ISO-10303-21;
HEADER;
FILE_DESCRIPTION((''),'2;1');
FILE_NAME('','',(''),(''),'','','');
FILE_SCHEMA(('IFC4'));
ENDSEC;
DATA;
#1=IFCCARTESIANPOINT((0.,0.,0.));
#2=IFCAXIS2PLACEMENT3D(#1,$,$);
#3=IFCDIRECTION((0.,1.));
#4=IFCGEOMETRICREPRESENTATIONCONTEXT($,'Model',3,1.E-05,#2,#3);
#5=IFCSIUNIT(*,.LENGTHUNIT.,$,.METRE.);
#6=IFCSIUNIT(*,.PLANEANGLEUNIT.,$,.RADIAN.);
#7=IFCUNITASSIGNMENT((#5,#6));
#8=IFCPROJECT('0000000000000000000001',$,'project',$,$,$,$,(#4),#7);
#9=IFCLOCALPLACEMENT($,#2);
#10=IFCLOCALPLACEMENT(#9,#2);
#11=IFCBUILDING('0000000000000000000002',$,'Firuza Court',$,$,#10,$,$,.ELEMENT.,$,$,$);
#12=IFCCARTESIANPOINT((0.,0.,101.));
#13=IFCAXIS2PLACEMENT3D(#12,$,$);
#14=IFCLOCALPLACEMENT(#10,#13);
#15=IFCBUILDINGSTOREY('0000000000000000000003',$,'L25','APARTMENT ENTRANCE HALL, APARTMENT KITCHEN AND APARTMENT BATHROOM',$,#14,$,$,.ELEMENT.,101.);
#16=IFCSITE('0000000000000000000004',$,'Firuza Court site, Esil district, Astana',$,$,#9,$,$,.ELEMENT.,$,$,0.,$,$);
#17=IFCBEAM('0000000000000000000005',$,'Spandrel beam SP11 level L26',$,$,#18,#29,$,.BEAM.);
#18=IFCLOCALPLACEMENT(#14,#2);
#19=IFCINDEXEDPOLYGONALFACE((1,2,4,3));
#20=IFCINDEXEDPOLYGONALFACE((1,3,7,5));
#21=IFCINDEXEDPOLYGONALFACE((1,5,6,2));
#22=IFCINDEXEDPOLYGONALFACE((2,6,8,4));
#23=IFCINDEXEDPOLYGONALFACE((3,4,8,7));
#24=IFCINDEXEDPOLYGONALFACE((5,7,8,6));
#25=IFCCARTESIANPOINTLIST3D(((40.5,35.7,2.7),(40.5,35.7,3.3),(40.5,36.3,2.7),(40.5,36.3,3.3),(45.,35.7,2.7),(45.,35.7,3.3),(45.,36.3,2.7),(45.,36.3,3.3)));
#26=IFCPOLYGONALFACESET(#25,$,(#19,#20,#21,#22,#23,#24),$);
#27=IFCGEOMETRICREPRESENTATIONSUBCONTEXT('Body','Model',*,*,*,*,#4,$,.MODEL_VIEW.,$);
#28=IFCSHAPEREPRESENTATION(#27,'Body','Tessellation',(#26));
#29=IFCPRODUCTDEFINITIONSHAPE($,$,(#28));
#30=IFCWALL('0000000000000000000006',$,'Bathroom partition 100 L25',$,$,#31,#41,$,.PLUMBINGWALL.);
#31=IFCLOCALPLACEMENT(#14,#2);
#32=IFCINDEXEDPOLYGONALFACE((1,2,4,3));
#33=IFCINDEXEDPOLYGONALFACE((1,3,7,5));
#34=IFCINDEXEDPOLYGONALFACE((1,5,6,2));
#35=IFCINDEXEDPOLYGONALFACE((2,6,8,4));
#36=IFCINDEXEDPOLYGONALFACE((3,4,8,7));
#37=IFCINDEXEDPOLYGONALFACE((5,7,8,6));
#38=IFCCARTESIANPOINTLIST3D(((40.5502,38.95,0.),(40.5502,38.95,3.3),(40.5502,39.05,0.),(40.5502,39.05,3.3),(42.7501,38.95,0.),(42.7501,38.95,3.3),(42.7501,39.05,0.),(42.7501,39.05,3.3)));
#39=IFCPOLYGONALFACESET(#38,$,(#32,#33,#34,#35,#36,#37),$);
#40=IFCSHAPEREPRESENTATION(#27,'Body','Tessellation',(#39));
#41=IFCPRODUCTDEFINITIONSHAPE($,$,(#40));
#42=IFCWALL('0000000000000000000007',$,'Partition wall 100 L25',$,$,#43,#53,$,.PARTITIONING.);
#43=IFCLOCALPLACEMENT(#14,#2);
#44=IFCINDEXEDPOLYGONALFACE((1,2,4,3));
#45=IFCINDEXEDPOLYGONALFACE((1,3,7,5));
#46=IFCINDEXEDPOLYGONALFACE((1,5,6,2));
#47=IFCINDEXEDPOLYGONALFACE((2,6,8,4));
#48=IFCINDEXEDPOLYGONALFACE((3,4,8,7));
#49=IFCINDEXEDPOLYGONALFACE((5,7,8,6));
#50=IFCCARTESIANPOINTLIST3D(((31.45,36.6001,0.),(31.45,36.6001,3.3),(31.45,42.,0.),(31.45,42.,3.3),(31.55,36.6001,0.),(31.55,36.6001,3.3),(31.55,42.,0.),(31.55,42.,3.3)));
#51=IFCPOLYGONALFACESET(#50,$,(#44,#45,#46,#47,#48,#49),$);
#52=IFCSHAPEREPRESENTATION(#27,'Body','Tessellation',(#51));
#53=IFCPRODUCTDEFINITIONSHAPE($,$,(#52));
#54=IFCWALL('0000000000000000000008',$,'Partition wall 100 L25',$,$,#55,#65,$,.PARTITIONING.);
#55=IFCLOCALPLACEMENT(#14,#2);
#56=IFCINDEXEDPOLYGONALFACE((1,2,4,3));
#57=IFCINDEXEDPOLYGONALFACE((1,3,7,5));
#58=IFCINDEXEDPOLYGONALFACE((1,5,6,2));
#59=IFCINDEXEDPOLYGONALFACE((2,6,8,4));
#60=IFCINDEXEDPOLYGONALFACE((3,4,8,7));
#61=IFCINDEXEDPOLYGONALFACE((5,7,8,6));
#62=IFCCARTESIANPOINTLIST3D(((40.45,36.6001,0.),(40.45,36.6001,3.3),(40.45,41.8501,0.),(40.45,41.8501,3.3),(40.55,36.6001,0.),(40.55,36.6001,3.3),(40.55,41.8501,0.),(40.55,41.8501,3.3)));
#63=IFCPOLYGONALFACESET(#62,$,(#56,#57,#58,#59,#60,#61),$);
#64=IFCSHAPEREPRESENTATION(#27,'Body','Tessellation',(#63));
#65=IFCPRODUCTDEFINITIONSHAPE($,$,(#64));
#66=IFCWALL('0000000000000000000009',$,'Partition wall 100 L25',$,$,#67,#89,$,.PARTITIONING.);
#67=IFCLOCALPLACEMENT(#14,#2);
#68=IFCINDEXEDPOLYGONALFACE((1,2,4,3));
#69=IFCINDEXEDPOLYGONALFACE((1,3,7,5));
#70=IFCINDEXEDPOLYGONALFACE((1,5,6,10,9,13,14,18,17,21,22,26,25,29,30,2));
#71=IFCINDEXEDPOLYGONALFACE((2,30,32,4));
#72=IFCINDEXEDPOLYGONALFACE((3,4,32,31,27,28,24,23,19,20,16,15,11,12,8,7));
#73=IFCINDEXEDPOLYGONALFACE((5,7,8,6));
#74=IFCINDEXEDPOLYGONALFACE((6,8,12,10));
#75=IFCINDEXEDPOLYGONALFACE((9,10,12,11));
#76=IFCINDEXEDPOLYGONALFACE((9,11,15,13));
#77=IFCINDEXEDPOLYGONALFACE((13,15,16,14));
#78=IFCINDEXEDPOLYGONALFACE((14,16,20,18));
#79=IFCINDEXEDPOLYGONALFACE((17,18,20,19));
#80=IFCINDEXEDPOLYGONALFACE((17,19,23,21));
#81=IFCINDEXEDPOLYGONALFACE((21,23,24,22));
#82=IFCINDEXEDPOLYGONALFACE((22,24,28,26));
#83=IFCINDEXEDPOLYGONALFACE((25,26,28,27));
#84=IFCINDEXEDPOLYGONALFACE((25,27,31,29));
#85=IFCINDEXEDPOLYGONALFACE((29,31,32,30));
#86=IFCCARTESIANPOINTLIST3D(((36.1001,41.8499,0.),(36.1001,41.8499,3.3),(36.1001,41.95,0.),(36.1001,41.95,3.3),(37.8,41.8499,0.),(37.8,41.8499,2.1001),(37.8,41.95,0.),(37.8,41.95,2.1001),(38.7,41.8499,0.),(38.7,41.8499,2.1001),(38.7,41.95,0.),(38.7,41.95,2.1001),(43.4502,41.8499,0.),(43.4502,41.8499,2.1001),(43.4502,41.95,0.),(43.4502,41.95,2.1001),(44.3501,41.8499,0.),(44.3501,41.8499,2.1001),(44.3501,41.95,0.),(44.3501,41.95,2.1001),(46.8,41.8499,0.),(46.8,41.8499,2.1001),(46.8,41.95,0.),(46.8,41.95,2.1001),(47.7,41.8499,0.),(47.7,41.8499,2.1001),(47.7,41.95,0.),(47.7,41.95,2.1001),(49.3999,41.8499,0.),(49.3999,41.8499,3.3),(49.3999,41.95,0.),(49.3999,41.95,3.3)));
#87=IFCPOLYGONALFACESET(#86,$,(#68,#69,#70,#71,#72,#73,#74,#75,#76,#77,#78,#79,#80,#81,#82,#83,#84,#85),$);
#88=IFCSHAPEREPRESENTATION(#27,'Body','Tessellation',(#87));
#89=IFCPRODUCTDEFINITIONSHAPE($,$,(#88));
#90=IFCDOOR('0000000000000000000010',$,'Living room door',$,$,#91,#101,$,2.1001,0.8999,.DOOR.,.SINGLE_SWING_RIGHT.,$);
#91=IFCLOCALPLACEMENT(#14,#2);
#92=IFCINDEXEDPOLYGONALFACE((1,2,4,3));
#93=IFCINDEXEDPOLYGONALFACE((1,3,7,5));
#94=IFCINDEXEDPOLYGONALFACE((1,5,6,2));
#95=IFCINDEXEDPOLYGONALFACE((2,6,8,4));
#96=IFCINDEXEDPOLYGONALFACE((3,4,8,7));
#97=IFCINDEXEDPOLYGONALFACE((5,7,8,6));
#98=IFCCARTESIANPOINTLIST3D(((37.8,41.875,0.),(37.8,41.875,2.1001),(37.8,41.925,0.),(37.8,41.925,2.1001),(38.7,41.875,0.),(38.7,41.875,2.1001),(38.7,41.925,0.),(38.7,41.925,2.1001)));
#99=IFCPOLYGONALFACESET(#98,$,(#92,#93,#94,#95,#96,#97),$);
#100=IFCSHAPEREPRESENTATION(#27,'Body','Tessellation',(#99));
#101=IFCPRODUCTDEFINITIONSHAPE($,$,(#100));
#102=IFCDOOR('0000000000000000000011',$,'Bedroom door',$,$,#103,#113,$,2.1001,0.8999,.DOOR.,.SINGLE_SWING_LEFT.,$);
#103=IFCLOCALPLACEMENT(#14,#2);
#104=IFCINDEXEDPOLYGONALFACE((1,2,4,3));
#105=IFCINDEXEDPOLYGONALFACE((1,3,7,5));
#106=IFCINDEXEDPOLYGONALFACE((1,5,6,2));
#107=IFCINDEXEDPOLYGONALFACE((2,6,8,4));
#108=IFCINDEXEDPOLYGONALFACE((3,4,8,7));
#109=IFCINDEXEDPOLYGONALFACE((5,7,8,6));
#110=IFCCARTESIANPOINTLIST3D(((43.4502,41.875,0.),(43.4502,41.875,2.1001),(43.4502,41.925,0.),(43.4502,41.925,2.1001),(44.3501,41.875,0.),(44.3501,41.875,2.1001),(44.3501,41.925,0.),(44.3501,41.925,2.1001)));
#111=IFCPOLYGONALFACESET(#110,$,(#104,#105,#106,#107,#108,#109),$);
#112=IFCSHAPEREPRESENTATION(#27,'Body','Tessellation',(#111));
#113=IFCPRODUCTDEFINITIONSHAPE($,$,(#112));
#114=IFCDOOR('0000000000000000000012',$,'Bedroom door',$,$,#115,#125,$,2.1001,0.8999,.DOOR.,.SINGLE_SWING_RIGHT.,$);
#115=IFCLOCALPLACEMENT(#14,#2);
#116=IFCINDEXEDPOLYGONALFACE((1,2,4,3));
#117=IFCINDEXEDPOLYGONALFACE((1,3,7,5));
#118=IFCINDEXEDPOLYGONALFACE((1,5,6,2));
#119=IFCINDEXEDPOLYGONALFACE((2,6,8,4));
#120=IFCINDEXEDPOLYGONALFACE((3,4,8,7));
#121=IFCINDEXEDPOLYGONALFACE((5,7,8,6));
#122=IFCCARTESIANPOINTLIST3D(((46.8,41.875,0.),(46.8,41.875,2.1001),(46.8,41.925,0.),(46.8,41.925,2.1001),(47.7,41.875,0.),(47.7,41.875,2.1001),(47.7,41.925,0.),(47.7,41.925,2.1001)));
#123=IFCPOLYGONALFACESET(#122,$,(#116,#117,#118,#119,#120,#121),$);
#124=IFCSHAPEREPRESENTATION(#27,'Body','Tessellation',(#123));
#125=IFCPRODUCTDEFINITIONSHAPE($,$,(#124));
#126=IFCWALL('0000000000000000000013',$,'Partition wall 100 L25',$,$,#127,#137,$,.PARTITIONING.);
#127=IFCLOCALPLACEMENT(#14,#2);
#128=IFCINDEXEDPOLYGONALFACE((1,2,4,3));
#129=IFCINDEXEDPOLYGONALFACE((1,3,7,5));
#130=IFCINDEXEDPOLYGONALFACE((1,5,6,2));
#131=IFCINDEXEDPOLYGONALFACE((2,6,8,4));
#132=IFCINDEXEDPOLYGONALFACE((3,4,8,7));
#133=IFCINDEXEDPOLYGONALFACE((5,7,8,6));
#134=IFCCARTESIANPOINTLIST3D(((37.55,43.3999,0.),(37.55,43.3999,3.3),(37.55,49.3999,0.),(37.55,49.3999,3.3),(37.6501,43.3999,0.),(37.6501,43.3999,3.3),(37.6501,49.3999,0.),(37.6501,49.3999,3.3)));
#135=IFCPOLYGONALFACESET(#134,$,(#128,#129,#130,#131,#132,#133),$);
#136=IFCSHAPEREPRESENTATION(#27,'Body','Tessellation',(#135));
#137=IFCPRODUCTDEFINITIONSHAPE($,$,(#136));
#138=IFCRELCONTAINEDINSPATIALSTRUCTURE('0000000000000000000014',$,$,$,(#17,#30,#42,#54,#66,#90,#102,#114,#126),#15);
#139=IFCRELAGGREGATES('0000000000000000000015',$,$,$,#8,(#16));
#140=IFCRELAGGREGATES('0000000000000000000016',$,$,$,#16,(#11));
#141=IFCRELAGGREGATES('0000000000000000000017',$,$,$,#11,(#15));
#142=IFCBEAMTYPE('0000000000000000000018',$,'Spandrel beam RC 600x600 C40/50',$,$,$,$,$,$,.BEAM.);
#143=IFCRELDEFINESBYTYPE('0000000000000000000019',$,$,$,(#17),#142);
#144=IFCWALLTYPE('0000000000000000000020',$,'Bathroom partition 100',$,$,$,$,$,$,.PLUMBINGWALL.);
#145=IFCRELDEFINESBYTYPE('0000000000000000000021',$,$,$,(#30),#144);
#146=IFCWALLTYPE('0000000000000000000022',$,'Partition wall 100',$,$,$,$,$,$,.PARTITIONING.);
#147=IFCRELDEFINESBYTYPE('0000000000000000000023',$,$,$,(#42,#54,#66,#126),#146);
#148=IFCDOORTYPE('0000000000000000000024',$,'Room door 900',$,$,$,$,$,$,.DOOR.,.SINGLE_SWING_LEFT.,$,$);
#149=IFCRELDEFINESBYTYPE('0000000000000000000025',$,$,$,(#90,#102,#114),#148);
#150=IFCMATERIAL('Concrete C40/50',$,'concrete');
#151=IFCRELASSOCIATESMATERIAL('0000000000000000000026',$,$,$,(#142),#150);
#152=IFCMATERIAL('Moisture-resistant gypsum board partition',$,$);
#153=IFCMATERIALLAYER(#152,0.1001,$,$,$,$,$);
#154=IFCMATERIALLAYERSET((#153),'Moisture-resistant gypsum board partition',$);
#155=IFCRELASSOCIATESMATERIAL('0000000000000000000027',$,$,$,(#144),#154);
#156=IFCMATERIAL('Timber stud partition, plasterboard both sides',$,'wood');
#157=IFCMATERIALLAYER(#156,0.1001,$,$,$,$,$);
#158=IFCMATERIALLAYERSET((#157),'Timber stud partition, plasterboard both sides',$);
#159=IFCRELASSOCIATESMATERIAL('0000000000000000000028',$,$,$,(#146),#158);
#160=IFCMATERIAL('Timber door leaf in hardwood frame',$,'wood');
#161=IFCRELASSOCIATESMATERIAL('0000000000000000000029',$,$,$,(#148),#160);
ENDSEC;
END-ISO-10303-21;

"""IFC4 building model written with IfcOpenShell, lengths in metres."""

from ifc_helpers import new_model, si_unit, direction, frame, frame_2d, origin, origin_2d, place, context, subcontext, project, spatial, rectangle, extrude, material, layer, layer_set, material_profile, profile_set, type_object, element, fill, save


model = new_model("IFC4")

# Units and contexts
model_context = context("Model", 3, precision=1e-05, world=origin(), true_north=direction((0.0, 1.0)))
body_context = subcontext(model_context, "Body", "Model", "MODEL_VIEW")
ifc_project = project(units=[si_unit("LENGTHUNIT", "METRE"), si_unit("PLANEANGLEUNIT", "RADIAN")], contexts=[model_context])

# Site, building, storey
site_placement = place(None, origin())
site = spatial("IfcSite", under=ifc_project, at=site_placement, Name="Firuza Court site, Esil district, Astana", CompositionType="ELEMENT", RefElevation=0.0)
building_placement = place(site_placement, origin())
building = spatial("IfcBuilding", under=site, at=building_placement, Name="Firuza Court", CompositionType="ELEMENT")
storey_placement = place(building_placement, frame((0.0, 0.0, 101.0)))
storey = spatial("IfcBuildingStorey", under=building, at=storey_placement, Name="L25", Description="APARTMENT ENTRANCE HALL, APARTMENT KITCHEN AND APARTMENT BATHROOM", CompositionType="ELEMENT", Elevation=101.0)

# Beam
ifc_material_1 = material(Name="Concrete C40/50", Category="concrete")
ifc_material_profile = material_profile(ifc_material_1, rectangle(XDim=0.6001, YDim=0.6001, at=origin_2d()), Name="RC 600x600")
ifc_profile_set = profile_set([ifc_material_profile], Name="Concrete C40/50")
beam_type = type_object("IfcBeamType", Name="Spandrel beam RC 600x600 C40/50", PredefinedType="BEAM", material=ifc_profile_set)
beam_placement = place(storey_placement, frame((40.5, 36.0, 3.0), z_axis=(1.0, 0.0, 0.0), x_axis=(0.0, 1.0, 0.0)))
element("IfcBeam", 1, at=beam_placement, inside=storey, type_object=beam_type, Name="Spandrel beam SP11 level L26", PredefinedType="BEAM", context=body_context, shape_type="SweptSolid", body=[
    extrude(rectangle(XDim=0.6001, YDim=0.6001, at=origin_2d()), origin(), (0.0, 0.0, 1.0), 4.5),
])

# Walls
ifc_material_2 = material(Name="Moisture-resistant gypsum board partition")
ifc_layer_1 = layer(ifc_material_2, 0.1001)
ifc_layer_set_1 = layer_set([ifc_layer_1], Name="Moisture-resistant gypsum board partition")
wall_type_1 = type_object("IfcWallType", Name="Bathroom partition 100", PredefinedType="PLUMBINGWALL", material=ifc_layer_set_1)
wall_1_placement = place(storey_placement, frame((40.55, 39.0, 0.0), z_axis=(0.0, 0.0, 1.0), x_axis=(1.0, 0.0, 0.0)))
element("IfcWall", 2, at=wall_1_placement, inside=storey, type_object=wall_type_1, Name="Bathroom partition 100 L25", PredefinedType="PLUMBINGWALL", context=body_context, shape_type="SweptSolid", body=[
    extrude(rectangle(XDim=2.2, YDim=0.1001, at=frame_2d((1.1001, 0.0))), origin(), (0.0, 0.0, 1.0), 3.3),
])
ifc_material_3 = material(Name="Timber stud partition, plasterboard both sides", Category="wood")
ifc_layer_2 = layer(ifc_material_3, 0.1001)
ifc_layer_set_2 = layer_set([ifc_layer_2], Name="Timber stud partition, plasterboard both sides")
wall_type_2 = type_object("IfcWallType", Name="Partition wall 100", PredefinedType="PARTITIONING", material=ifc_layer_set_2)
wall_2_placement = place(storey_placement, frame((31.5, 36.6001, 0.0), z_axis=(0.0, 0.0, 1.0), x_axis=(0.0, 1.0, 0.0)))
element("IfcWall", 3, at=wall_2_placement, inside=storey, type_object=wall_type_2, Name="Partition wall 100 L25", PredefinedType="PARTITIONING", context=body_context, shape_type="SweptSolid", body=[
    extrude(rectangle(XDim=5.3999, YDim=0.1001, at=frame_2d((2.7, 0.0))), origin(), (0.0, 0.0, 1.0), 3.3),
])
wall_3_placement = place(storey_placement, frame((40.5, 36.6001, 0.0), z_axis=(0.0, 0.0, 1.0), x_axis=(0.0, 1.0, 0.0)))
element("IfcWall", 4, at=wall_3_placement, inside=storey, type_object=wall_type_2, Name="Partition wall 100 L25", PredefinedType="PARTITIONING", context=body_context, shape_type="SweptSolid", body=[
    extrude(rectangle(XDim=5.25, YDim=0.1001, at=frame_2d((2.625, 0.0))), origin(), (0.0, 0.0, 1.0), 3.3),
])

# Wall, openings, doors
wall_4_placement = place(storey_placement, frame((36.1001, 41.8999, 0.0), z_axis=(0.0, 0.0, 1.0), x_axis=(1.0, 0.0, 0.0)))
wall_4 = element("IfcWall", 5, at=wall_4_placement, inside=storey, type_object=wall_type_2, Name="Partition wall 100 L25", PredefinedType="PARTITIONING", context=body_context, shape_type="SweptSolid", body=[
    extrude(rectangle(XDim=13.2998, YDim=0.1001, at=frame_2d((6.6499, 0.0))), origin(), (0.0, 0.0, 1.0), 3.3),
])
opening_1_placement = place(wall_4_placement, frame((1.7, 0.0, 0.0)))
opening_1 = element("IfcOpeningElement", 6, at=opening_1_placement, cuts=wall_4, PredefinedType="OPENING", context=body_context, shape_type="SweptSolid", body=[
    extrude(rectangle(XDim=0.8999, YDim=2.1001, at=frame_2d((0.45, 1.05))), frame((0.0, 0.062, 0.0), z_axis=(0.0, -1.0, 0.0), x_axis=(1.0, 0.0, 0.0)), (0.0, 0.0, 1.0), 0.124),
])
opening_2_placement = place(wall_4_placement, frame((7.3501, 0.0, 0.0)))
opening_2 = element("IfcOpeningElement", 7, at=opening_2_placement, cuts=wall_4, PredefinedType="OPENING", context=body_context, shape_type="SweptSolid", body=[
    extrude(rectangle(XDim=0.8999, YDim=2.1001, at=frame_2d((0.45, 1.05))), frame((0.0, 0.062, 0.0), z_axis=(0.0, -1.0, 0.0), x_axis=(1.0, 0.0, 0.0)), (0.0, 0.0, 1.0), 0.124),
])
opening_3_placement = place(wall_4_placement, frame((10.7, 0.0, 0.0)))
opening_3 = element("IfcOpeningElement", 8, at=opening_3_placement, cuts=wall_4, PredefinedType="OPENING", context=body_context, shape_type="SweptSolid", body=[
    extrude(rectangle(XDim=0.8999, YDim=2.1001, at=frame_2d((0.45, 1.05))), frame((0.0, 0.062, 0.0), z_axis=(0.0, -1.0, 0.0), x_axis=(1.0, 0.0, 0.0)), (0.0, 0.0, 1.0), 0.124),
])
ifc_material_4 = material(Name="Timber door leaf in hardwood frame", Category="wood")
door_type_1 = type_object("IfcDoorType", Name="Room door 900", OperationType="SINGLE_SWING_LEFT", PredefinedType="DOOR", material=ifc_material_4)
door_1_placement = place(opening_1_placement, frame((0.8999, 0.0, 0.0), z_axis=(0.0, 0.0, 1.0), x_axis=(-1.0, 0.0, 0.0)))
door_1 = element("IfcDoor", 9, at=door_1_placement, inside=storey, type_object=door_type_1, Name="Living room door", OperationType="SINGLE_SWING_RIGHT", OverallHeight=2.1001, OverallWidth=0.8999, PredefinedType="DOOR", context=body_context, shape_type="SweptSolid", body=[
    extrude(rectangle(XDim=0.8999, YDim=2.1001, at=frame_2d((0.45, 1.05))), frame((0.0, 0.0249, 0.0), z_axis=(0.0, -1.0, 0.0), x_axis=(1.0, 0.0, 0.0)), (0.0, 0.0, 1.0), 0.05),
])
fill(opening_1, door_1)
door_2_placement = place(opening_2_placement, frame((0.8999, 0.0, 0.0), z_axis=(0.0, 0.0, 1.0), x_axis=(-1.0, 0.0, 0.0)))
door_2 = element("IfcDoor", 10, at=door_2_placement, inside=storey, type_object=door_type_1, Name="Bedroom door", OperationType="SINGLE_SWING_LEFT", OverallHeight=2.1001, OverallWidth=0.8999, PredefinedType="DOOR", context=body_context, shape_type="SweptSolid", body=[
    extrude(rectangle(XDim=0.8999, YDim=2.1001, at=frame_2d((0.45, 1.05))), frame((0.0, 0.0249, 0.0), z_axis=(0.0, -1.0, 0.0), x_axis=(1.0, 0.0, 0.0)), (0.0, 0.0, 1.0), 0.05),
])
fill(opening_2, door_2)
door_3_placement = place(opening_3_placement, frame((0.8999, 0.0, 0.0), z_axis=(0.0, 0.0, 1.0), x_axis=(-1.0, 0.0, 0.0)))
door_3 = element("IfcDoor", 11, at=door_3_placement, inside=storey, type_object=door_type_1, Name="Bedroom door", OperationType="SINGLE_SWING_RIGHT", OverallHeight=2.1001, OverallWidth=0.8999, PredefinedType="DOOR", context=body_context, shape_type="SweptSolid", body=[
    extrude(rectangle(XDim=0.8999, YDim=2.1001, at=frame_2d((0.45, 1.05))), frame((0.0, 0.0249, 0.0), z_axis=(0.0, -1.0, 0.0), x_axis=(1.0, 0.0, 0.0)), (0.0, 0.0, 1.0), 0.05),
])
fill(opening_3, door_3)

# Wall
wall_5_placement = place(storey_placement, frame((37.6001, 43.3999, 0.0), z_axis=(0.0, 0.0, 1.0), x_axis=(0.0, 1.0, 0.0)))
element("IfcWall", 12, at=wall_5_placement, inside=storey, type_object=wall_type_2, Name="Partition wall 100 L25", PredefinedType="PARTITIONING", context=body_context, shape_type="SweptSolid", body=[
    extrude(rectangle(XDim=6.0, YDim=0.1001, at=frame_2d((3.0, 0.0))), origin(), (0.0, 0.0, 1.0), 3.3),
])

save(model, "model.ifc")
